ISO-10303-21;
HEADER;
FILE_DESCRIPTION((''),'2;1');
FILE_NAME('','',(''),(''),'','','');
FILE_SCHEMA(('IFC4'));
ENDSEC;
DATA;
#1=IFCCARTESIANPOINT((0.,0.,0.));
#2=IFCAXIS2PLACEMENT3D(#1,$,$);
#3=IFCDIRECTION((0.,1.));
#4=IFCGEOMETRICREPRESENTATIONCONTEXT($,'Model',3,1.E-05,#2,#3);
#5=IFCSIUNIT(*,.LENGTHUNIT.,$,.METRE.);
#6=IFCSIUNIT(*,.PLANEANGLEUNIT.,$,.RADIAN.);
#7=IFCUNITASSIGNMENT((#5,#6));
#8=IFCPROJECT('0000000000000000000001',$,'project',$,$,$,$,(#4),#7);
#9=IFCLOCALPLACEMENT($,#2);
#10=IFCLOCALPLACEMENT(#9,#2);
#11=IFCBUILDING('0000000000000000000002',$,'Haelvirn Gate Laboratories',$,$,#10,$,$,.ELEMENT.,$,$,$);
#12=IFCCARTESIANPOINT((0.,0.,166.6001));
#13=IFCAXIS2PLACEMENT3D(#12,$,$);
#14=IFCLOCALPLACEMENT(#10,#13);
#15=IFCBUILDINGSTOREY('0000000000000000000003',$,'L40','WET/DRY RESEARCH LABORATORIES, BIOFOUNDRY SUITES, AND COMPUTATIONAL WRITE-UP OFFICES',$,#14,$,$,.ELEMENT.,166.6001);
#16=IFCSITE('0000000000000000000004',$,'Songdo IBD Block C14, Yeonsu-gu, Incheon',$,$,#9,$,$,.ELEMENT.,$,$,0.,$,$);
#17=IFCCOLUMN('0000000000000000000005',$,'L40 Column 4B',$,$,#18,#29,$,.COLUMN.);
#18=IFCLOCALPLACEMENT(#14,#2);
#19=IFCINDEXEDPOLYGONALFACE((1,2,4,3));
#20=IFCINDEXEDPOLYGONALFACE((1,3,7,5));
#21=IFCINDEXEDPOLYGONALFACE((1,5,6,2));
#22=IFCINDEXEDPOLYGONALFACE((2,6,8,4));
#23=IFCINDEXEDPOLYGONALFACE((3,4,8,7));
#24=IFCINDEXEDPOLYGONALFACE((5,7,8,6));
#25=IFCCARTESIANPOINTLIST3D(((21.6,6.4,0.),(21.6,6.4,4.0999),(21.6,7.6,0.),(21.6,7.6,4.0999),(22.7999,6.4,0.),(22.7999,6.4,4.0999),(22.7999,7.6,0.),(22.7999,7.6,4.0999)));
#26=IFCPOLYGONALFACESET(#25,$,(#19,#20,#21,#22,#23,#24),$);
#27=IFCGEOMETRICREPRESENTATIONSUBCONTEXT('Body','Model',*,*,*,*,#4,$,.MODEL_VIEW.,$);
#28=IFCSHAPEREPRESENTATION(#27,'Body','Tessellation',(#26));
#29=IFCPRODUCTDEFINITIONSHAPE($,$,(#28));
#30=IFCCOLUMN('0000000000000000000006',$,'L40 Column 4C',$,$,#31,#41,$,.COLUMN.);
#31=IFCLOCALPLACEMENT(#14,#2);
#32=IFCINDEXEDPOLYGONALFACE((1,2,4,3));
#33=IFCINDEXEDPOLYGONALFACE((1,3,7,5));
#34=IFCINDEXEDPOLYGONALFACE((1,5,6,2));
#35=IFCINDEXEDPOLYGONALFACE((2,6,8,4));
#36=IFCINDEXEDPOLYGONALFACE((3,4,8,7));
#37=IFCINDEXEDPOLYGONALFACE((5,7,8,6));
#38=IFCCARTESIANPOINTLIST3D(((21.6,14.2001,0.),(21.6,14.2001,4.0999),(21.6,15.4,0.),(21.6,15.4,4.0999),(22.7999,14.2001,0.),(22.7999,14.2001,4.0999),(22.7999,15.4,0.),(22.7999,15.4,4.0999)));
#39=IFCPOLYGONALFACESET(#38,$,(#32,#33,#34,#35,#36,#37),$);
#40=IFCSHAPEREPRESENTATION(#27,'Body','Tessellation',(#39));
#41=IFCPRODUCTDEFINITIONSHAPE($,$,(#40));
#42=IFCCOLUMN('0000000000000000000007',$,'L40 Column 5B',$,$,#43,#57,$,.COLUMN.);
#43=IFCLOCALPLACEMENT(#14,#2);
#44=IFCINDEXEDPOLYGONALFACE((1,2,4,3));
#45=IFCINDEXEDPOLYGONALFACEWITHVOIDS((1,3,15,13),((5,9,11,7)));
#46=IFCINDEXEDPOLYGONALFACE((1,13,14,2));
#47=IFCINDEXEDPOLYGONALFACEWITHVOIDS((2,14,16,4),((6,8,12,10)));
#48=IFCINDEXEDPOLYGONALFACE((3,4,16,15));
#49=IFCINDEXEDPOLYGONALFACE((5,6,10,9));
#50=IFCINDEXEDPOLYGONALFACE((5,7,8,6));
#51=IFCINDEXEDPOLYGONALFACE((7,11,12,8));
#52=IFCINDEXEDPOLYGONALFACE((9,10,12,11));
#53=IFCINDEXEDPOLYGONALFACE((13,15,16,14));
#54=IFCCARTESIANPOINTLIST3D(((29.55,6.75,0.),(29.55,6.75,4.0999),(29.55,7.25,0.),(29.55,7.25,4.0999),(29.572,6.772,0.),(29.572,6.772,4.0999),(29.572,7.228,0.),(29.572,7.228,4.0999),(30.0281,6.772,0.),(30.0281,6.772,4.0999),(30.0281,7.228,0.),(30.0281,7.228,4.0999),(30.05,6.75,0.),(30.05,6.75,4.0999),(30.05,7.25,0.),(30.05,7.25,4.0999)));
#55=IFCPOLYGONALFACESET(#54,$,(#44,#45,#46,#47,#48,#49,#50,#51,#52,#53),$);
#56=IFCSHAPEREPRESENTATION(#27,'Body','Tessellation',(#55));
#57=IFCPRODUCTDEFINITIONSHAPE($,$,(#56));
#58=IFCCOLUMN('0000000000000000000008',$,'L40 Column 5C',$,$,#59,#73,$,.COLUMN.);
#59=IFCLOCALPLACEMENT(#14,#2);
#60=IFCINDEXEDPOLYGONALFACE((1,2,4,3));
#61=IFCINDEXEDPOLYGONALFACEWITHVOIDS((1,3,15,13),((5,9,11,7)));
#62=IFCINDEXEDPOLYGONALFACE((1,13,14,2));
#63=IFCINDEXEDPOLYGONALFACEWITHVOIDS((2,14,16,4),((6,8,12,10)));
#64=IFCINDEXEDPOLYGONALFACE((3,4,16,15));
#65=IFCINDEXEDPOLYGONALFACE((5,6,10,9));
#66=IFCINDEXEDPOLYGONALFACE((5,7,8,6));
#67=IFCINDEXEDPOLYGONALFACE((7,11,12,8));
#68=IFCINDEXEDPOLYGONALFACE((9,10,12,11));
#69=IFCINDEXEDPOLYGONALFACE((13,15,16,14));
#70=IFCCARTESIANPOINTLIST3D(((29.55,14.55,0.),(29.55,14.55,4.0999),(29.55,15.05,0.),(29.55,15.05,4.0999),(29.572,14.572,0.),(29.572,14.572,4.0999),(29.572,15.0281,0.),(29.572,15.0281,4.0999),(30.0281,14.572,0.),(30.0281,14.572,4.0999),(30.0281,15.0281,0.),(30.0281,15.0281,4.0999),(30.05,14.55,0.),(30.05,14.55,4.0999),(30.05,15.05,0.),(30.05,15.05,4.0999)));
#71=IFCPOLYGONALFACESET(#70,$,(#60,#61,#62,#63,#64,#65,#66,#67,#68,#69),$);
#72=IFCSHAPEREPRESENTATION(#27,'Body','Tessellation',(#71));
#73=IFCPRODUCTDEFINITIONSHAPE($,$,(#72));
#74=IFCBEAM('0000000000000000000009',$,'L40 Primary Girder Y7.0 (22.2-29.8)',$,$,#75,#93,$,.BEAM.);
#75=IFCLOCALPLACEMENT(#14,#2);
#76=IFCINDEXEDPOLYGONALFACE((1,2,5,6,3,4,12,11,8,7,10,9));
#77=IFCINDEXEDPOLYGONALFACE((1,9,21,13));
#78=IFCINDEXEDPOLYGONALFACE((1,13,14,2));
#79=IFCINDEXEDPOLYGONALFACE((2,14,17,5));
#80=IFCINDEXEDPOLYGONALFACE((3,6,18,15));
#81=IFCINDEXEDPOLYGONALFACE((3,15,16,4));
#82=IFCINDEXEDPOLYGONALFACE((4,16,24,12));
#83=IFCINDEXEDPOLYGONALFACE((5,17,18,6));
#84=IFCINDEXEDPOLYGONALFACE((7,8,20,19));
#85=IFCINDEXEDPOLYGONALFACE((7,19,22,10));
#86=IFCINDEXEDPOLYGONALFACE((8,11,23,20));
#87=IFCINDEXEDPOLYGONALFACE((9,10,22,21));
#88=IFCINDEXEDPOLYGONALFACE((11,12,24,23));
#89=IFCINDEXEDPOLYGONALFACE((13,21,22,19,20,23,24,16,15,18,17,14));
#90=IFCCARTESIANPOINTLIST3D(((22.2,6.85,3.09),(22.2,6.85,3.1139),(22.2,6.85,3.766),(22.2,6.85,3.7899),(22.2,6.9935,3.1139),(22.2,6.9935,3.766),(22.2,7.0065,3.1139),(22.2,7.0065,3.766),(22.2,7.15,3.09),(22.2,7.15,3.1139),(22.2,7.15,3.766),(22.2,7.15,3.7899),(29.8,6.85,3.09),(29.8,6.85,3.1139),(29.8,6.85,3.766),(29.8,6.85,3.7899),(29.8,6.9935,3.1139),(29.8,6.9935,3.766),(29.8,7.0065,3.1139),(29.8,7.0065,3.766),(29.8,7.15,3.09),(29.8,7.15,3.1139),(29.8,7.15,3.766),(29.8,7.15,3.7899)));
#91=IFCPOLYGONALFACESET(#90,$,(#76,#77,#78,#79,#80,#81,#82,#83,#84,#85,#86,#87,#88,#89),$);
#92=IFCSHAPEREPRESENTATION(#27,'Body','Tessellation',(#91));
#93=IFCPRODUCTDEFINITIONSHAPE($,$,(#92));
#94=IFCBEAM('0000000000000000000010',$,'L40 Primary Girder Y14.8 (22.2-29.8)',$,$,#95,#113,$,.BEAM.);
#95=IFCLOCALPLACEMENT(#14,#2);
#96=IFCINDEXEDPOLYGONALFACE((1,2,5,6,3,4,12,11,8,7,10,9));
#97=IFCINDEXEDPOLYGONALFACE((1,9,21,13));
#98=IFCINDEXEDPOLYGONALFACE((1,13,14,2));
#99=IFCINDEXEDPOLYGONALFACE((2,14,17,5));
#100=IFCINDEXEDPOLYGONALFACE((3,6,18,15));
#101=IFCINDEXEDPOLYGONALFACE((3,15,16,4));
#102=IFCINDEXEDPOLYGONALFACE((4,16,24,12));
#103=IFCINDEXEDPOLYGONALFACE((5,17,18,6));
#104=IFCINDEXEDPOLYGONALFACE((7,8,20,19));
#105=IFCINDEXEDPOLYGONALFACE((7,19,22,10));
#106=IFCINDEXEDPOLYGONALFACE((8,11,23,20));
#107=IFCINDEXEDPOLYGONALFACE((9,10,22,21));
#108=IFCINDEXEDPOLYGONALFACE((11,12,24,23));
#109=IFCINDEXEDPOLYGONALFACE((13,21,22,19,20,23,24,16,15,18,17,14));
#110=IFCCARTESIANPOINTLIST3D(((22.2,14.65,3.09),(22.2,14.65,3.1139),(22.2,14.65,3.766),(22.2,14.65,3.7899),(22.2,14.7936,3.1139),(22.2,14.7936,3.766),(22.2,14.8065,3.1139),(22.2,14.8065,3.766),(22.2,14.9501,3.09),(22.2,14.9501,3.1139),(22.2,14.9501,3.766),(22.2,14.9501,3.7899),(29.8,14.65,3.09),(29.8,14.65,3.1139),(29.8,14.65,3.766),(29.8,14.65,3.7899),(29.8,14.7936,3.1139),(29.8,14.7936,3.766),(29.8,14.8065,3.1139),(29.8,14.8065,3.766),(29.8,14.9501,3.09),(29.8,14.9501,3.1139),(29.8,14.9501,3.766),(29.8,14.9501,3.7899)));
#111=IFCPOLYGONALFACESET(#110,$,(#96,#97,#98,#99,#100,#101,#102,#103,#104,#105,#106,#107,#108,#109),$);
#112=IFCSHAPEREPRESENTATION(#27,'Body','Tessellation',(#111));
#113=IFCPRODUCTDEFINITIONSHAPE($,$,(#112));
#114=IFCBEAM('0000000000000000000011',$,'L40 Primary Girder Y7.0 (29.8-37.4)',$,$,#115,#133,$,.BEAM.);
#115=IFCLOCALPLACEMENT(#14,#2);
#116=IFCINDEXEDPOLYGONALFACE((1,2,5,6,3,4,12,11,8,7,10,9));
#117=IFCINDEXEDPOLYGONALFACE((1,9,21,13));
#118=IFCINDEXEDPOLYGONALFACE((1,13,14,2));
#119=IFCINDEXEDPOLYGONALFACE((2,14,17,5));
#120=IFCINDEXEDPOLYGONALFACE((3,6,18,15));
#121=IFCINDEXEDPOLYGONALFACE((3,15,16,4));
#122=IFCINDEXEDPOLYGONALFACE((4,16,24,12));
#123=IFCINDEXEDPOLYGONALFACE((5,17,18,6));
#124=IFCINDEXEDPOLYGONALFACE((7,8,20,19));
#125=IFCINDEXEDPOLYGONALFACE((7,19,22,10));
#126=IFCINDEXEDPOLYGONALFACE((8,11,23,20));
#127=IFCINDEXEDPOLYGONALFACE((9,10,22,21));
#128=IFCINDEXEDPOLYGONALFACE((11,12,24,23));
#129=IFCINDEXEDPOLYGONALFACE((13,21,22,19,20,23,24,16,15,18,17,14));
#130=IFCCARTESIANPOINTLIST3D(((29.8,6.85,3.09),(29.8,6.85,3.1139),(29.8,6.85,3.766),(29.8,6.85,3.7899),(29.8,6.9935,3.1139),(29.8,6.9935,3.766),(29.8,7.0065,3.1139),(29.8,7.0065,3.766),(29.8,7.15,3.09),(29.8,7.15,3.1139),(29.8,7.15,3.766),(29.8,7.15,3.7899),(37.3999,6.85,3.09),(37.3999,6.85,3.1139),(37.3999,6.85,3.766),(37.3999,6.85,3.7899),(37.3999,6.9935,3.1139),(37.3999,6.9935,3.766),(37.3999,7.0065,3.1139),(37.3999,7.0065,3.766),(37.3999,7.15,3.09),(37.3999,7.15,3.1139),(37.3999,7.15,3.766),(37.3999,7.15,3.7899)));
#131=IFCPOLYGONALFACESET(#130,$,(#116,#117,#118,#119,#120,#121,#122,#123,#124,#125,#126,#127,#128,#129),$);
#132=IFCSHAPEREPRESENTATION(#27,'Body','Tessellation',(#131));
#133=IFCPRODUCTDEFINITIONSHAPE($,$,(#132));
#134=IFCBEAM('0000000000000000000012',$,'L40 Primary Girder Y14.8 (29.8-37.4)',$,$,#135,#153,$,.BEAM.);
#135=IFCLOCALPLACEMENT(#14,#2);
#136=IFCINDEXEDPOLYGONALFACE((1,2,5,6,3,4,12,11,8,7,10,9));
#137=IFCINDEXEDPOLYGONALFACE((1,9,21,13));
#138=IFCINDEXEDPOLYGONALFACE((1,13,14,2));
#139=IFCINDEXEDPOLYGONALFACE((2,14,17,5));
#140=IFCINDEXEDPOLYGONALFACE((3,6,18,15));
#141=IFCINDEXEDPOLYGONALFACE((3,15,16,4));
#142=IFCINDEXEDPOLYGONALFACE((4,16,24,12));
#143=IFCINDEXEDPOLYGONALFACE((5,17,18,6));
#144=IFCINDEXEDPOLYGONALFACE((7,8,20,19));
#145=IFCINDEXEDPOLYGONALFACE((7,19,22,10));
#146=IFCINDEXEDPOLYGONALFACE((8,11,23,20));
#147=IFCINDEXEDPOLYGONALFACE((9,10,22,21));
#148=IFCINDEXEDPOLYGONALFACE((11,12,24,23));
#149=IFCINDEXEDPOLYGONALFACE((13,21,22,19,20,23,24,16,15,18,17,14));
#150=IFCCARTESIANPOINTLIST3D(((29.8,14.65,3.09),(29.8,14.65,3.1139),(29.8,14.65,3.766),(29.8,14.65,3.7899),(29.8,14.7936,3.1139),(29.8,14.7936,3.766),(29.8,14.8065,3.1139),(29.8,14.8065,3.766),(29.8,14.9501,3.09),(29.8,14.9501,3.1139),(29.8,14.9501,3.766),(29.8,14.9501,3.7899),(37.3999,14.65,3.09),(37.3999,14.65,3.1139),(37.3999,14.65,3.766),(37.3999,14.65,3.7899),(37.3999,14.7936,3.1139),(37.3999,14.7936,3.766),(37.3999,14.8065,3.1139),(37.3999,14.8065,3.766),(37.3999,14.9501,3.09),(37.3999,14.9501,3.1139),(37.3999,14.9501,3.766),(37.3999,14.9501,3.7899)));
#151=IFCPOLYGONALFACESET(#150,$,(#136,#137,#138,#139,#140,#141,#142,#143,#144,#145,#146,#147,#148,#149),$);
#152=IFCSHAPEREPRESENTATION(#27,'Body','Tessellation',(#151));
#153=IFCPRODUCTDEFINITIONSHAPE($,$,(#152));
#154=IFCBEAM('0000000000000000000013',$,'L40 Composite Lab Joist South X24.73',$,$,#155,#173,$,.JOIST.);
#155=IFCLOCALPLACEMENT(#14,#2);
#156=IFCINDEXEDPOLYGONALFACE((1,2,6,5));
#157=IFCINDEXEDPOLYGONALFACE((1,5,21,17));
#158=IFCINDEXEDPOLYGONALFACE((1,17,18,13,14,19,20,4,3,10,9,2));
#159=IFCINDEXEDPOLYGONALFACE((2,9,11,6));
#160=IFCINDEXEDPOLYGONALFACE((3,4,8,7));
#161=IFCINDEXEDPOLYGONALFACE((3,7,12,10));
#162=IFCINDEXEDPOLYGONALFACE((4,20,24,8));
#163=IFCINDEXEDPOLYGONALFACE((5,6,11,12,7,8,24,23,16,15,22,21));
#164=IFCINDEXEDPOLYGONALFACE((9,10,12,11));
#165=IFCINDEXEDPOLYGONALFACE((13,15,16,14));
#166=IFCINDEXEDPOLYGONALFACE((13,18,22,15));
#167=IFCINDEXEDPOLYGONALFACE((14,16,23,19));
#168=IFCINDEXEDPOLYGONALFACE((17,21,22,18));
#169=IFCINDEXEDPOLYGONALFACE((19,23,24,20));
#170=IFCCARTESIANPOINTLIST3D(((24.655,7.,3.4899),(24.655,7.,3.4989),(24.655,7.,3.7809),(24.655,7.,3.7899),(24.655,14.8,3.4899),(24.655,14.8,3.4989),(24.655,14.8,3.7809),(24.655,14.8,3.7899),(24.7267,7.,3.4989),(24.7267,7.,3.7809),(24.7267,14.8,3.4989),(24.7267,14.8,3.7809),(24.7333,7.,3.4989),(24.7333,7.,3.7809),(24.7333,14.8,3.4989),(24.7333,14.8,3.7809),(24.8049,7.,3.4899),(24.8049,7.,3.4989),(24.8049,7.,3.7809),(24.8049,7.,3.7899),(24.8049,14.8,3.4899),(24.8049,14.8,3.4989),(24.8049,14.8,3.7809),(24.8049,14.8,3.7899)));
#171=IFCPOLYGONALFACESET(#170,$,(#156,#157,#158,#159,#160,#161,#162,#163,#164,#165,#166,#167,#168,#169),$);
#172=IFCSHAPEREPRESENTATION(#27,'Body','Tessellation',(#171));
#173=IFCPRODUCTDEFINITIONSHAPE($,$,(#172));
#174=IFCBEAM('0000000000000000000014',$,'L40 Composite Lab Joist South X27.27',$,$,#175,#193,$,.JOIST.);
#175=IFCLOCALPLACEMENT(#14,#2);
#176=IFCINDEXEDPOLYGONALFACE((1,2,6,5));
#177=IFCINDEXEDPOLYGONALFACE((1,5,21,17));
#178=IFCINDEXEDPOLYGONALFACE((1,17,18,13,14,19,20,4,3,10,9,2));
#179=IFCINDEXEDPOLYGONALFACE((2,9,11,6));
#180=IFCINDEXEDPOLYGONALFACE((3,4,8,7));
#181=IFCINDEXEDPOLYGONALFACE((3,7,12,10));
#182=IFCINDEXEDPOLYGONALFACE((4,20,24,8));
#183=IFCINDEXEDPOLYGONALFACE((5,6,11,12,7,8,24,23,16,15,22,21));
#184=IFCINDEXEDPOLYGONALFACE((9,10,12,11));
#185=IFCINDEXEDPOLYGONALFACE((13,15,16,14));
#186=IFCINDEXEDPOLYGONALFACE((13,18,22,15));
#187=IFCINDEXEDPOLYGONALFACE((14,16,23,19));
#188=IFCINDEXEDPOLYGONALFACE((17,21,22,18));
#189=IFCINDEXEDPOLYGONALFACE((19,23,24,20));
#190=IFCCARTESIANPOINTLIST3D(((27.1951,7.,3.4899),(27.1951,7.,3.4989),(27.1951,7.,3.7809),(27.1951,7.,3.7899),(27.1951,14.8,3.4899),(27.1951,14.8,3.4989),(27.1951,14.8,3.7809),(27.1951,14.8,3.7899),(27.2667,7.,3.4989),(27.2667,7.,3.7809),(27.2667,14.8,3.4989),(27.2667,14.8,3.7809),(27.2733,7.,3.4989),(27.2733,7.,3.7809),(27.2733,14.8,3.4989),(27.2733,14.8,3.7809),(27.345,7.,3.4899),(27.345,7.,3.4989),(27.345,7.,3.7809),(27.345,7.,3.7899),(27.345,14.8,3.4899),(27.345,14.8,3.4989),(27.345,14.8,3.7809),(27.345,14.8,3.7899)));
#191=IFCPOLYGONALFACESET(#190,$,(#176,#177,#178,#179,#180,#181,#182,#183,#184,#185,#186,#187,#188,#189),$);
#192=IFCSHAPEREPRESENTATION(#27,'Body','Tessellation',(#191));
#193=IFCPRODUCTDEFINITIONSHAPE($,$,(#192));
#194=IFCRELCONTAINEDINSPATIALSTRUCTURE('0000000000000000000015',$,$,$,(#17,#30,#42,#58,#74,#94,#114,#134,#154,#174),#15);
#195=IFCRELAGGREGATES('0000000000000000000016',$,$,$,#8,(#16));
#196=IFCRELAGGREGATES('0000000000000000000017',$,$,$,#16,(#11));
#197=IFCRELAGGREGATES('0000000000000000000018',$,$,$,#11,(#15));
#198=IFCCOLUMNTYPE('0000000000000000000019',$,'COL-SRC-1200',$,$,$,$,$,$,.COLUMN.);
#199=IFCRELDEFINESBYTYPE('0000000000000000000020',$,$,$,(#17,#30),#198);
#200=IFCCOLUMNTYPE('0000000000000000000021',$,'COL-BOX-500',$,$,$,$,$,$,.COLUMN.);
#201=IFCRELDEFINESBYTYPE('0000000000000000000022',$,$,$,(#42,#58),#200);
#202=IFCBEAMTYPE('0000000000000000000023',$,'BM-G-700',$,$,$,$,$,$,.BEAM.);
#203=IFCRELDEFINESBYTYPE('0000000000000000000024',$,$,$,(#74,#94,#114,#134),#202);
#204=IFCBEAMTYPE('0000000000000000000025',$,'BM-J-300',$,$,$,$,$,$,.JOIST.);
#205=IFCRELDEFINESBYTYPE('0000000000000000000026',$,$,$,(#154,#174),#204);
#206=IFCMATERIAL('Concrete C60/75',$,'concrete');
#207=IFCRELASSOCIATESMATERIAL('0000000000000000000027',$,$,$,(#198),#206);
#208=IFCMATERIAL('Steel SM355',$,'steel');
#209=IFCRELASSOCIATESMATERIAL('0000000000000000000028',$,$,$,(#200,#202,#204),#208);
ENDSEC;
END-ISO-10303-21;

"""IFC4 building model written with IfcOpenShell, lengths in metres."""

from ifc_helpers import new_model, si_unit, direction, frame, origin, origin_2d, place, context, subcontext, project, spatial, rectangle, hollow_rectangle, i_section, extrude, source, transform, mapped, material, material_profile, profile_set, type_object, type_shapes, element, save


model = new_model("IFC4")

# Units and contexts
model_context = context("Model", 3, precision=1e-05, world=origin(), true_north=direction((0.0, 1.0)))
body_context = subcontext(model_context, "Body", "Model", "MODEL_VIEW")
ifc_project = project(units=[si_unit("LENGTHUNIT", "METRE"), si_unit("PLANEANGLEUNIT", "RADIAN")], contexts=[model_context])

# Site, building, storey
site_placement = place(None, origin())
site = spatial("IfcSite", under=ifc_project, at=site_placement, Name="Songdo IBD Block C14, Yeonsu-gu, Incheon", CompositionType="ELEMENT", RefElevation=0.0)
building_placement = place(site_placement, origin())
building = spatial("IfcBuilding", under=site, at=building_placement, Name="Haelvirn Gate Laboratories", CompositionType="ELEMENT")
storey_placement = place(building_placement, frame((0.0, 0.0, 166.6001)))
storey = spatial("IfcBuildingStorey", under=building, at=storey_placement, Name="L40", Description="WET/DRY RESEARCH LABORATORIES, BIOFOUNDRY SUITES, AND COMPUTATIONAL WRITE-UP OFFICES", CompositionType="ELEMENT", Elevation=166.6001)

# Columns
ifc_material_1 = material(Name="Concrete C60/75", Category="concrete")
ifc_material_profile_1 = material_profile(ifc_material_1, rectangle(XDim=1.2, YDim=1.2, at=origin_2d()), Name="SRC-1200x1200")
ifc_profile_set_1 = profile_set([ifc_material_profile_1], Name="Concrete C60/75")
column_type_1 = type_object("IfcColumnType", Name="COL-SRC-1200", PredefinedType="COLUMN", material=ifc_profile_set_1)
shared_shape_1 = source(origin(), body_context, "Body", "SweptSolid", [
    extrude(rectangle(XDim=1.2, YDim=1.2, at=origin_2d()), origin(), (0.0, 0.0, 1.0), 4.0999),
])
type_shapes(column_type_1, [shared_shape_1])
for number, where, z_axis, x_axis, name in (
    (1, (22.2, 7.0, 0.0), (0.0, 0.0, 1.0), (1.0, 0.0, 0.0), "L40 Column 4B"),
    (2, (22.2, 14.8, 0.0), (0.0, 0.0, 1.0), (1.0, 0.0, 0.0), "L40 Column 4C"),
):
    element("IfcColumn", number, at=place(storey_placement, frame(where, z_axis=z_axis, x_axis=x_axis)), inside=storey, type_object=column_type_1, Name=name, PredefinedType="COLUMN", context=body_context, shape_type="MappedRepresentation", body=[
        mapped(shared_shape_1, transform((0.0, 0.0, 0.0), scale=1.0)),
    ])
ifc_material_2 = material(Name="Steel SM355", Category="steel")
ifc_material_profile_2 = material_profile(ifc_material_2, hollow_rectangle(XDim=0.5, YDim=0.5, WallThickness=0.022, at=origin_2d()), Name="BOX-500x500x22")
ifc_profile_set_2 = profile_set([ifc_material_profile_2], Name="Steel SM355")
column_type_2 = type_object("IfcColumnType", Name="COL-BOX-500", PredefinedType="COLUMN", material=ifc_profile_set_2)
shared_shape_2 = source(origin(), body_context, "Body", "SweptSolid", [
    extrude(hollow_rectangle(XDim=0.5, YDim=0.5, WallThickness=0.022, at=origin_2d()), origin(), (0.0, 0.0, 1.0), 4.0999),
])
type_shapes(column_type_2, [shared_shape_2])
for number, where, z_axis, x_axis, name in (
    (3, (29.8, 7.0, 0.0), (0.0, 0.0, 1.0), (1.0, 0.0, 0.0), "L40 Column 5B"),
    (4, (29.8, 14.8, 0.0), (0.0, 0.0, 1.0), (1.0, 0.0, 0.0), "L40 Column 5C"),
):
    element("IfcColumn", number, at=place(storey_placement, frame(where, z_axis=z_axis, x_axis=x_axis)), inside=storey, type_object=column_type_2, Name=name, PredefinedType="COLUMN", context=body_context, shape_type="MappedRepresentation", body=[
        mapped(shared_shape_2, transform((0.0, 0.0, 0.0), scale=1.0)),
    ])

# Beams
ifc_material_profile_3 = material_profile(ifc_material_2, i_section(OverallWidth=0.3, OverallDepth=0.7, WebThickness=0.0129, FlangeThickness=0.0239, at=origin_2d()), Name="H-700x300x13x24")
ifc_profile_set_3 = profile_set([ifc_material_profile_3], Name="Steel SM355")
beam_type_1 = type_object("IfcBeamType", Name="BM-G-700", PredefinedType="BEAM", material=ifc_profile_set_3)
shared_shape_3 = source(origin(), body_context, "Body", "SweptSolid", [
    extrude(i_section(OverallWidth=0.3, OverallDepth=0.7, WebThickness=0.0129, FlangeThickness=0.0239, at=origin_2d()), origin(), (0.0, 0.0, 1.0), 7.6001),
])
for number, where, z_axis, x_axis, name in (
    (5, (22.2, 7.0, 3.4399), (1.0, 0.0, 0.0), (0.0, 1.0, 0.0), "L40 Primary Girder Y7.0 (22.2-29.8)"),
    (6, (22.2, 14.8, 3.4399), (1.0, 0.0, 0.0), (0.0, 1.0, 0.0), "L40 Primary Girder Y14.8 (22.2-29.8)"),
):
    element("IfcBeam", number, at=place(storey_placement, frame(where, z_axis=z_axis, x_axis=x_axis)), inside=storey, type_object=beam_type_1, Name=name, PredefinedType="BEAM", context=body_context, shape_type="MappedRepresentation", body=[
        mapped(shared_shape_3, transform((0.0, 0.0, 0.0), scale=1.0)),
    ])
shared_shape_4 = source(origin(), body_context, "Body", "SweptSolid", [
    extrude(i_section(OverallWidth=0.3, OverallDepth=0.7, WebThickness=0.0129, FlangeThickness=0.0239, at=origin_2d()), origin(), (0.0, 0.0, 1.0), 7.5999),
])
type_shapes(beam_type_1, [shared_shape_3, shared_shape_4])
for number, where, z_axis, x_axis, name in (
    (7, (29.8, 7.0, 3.4399), (1.0, 0.0, 0.0), (0.0, 1.0, 0.0), "L40 Primary Girder Y7.0 (29.8-37.4)"),
    (8, (29.8, 14.8, 3.4399), (1.0, 0.0, 0.0), (0.0, 1.0, 0.0), "L40 Primary Girder Y14.8 (29.8-37.4)"),
):
    element("IfcBeam", number, at=place(storey_placement, frame(where, z_axis=z_axis, x_axis=x_axis)), inside=storey, type_object=beam_type_1, Name=name, PredefinedType="BEAM", context=body_context, shape_type="MappedRepresentation", body=[
        mapped(shared_shape_4, transform((0.0, 0.0, 0.0), scale=1.0)),
    ])
ifc_material_profile_4 = material_profile(ifc_material_2, i_section(OverallWidth=0.1499, OverallDepth=0.3, WebThickness=0.0066, FlangeThickness=0.009, at=origin_2d()), Name="H-300x150x6.5x9")
ifc_profile_set_4 = profile_set([ifc_material_profile_4], Name="Steel SM355")
beam_type_2 = type_object("IfcBeamType", Name="BM-J-300", PredefinedType="JOIST", material=ifc_profile_set_4)
shared_shape_5 = source(origin(), body_context, "Body", "SweptSolid", [
    extrude(i_section(OverallWidth=0.1499, OverallDepth=0.3, WebThickness=0.0066, FlangeThickness=0.009, at=origin_2d()), origin(), (0.0, 0.0, 1.0), 7.8),
])
type_shapes(beam_type_2, [shared_shape_5])
for number, where, z_axis, x_axis, name in (
    (9, (24.73, 7.0, 3.6399), (0.0, 1.0, 0.0), (-1.0, 0.0, 0.0), "L40 Composite Lab Joist South X24.73"),
    (10, (27.27, 7.0, 3.6399), (0.0, 1.0, 0.0), (-1.0, 0.0, 0.0), "L40 Composite Lab Joist South X27.27"),
):
    element("IfcBeam", number, at=place(storey_placement, frame(where, z_axis=z_axis, x_axis=x_axis)), inside=storey, type_object=beam_type_2, Name=name, PredefinedType="JOIST", context=body_context, shape_type="MappedRepresentation", body=[
        mapped(shared_shape_5, transform((0.0, 0.0, 0.0), scale=1.0)),
    ])

save(model, "model.ifc")
